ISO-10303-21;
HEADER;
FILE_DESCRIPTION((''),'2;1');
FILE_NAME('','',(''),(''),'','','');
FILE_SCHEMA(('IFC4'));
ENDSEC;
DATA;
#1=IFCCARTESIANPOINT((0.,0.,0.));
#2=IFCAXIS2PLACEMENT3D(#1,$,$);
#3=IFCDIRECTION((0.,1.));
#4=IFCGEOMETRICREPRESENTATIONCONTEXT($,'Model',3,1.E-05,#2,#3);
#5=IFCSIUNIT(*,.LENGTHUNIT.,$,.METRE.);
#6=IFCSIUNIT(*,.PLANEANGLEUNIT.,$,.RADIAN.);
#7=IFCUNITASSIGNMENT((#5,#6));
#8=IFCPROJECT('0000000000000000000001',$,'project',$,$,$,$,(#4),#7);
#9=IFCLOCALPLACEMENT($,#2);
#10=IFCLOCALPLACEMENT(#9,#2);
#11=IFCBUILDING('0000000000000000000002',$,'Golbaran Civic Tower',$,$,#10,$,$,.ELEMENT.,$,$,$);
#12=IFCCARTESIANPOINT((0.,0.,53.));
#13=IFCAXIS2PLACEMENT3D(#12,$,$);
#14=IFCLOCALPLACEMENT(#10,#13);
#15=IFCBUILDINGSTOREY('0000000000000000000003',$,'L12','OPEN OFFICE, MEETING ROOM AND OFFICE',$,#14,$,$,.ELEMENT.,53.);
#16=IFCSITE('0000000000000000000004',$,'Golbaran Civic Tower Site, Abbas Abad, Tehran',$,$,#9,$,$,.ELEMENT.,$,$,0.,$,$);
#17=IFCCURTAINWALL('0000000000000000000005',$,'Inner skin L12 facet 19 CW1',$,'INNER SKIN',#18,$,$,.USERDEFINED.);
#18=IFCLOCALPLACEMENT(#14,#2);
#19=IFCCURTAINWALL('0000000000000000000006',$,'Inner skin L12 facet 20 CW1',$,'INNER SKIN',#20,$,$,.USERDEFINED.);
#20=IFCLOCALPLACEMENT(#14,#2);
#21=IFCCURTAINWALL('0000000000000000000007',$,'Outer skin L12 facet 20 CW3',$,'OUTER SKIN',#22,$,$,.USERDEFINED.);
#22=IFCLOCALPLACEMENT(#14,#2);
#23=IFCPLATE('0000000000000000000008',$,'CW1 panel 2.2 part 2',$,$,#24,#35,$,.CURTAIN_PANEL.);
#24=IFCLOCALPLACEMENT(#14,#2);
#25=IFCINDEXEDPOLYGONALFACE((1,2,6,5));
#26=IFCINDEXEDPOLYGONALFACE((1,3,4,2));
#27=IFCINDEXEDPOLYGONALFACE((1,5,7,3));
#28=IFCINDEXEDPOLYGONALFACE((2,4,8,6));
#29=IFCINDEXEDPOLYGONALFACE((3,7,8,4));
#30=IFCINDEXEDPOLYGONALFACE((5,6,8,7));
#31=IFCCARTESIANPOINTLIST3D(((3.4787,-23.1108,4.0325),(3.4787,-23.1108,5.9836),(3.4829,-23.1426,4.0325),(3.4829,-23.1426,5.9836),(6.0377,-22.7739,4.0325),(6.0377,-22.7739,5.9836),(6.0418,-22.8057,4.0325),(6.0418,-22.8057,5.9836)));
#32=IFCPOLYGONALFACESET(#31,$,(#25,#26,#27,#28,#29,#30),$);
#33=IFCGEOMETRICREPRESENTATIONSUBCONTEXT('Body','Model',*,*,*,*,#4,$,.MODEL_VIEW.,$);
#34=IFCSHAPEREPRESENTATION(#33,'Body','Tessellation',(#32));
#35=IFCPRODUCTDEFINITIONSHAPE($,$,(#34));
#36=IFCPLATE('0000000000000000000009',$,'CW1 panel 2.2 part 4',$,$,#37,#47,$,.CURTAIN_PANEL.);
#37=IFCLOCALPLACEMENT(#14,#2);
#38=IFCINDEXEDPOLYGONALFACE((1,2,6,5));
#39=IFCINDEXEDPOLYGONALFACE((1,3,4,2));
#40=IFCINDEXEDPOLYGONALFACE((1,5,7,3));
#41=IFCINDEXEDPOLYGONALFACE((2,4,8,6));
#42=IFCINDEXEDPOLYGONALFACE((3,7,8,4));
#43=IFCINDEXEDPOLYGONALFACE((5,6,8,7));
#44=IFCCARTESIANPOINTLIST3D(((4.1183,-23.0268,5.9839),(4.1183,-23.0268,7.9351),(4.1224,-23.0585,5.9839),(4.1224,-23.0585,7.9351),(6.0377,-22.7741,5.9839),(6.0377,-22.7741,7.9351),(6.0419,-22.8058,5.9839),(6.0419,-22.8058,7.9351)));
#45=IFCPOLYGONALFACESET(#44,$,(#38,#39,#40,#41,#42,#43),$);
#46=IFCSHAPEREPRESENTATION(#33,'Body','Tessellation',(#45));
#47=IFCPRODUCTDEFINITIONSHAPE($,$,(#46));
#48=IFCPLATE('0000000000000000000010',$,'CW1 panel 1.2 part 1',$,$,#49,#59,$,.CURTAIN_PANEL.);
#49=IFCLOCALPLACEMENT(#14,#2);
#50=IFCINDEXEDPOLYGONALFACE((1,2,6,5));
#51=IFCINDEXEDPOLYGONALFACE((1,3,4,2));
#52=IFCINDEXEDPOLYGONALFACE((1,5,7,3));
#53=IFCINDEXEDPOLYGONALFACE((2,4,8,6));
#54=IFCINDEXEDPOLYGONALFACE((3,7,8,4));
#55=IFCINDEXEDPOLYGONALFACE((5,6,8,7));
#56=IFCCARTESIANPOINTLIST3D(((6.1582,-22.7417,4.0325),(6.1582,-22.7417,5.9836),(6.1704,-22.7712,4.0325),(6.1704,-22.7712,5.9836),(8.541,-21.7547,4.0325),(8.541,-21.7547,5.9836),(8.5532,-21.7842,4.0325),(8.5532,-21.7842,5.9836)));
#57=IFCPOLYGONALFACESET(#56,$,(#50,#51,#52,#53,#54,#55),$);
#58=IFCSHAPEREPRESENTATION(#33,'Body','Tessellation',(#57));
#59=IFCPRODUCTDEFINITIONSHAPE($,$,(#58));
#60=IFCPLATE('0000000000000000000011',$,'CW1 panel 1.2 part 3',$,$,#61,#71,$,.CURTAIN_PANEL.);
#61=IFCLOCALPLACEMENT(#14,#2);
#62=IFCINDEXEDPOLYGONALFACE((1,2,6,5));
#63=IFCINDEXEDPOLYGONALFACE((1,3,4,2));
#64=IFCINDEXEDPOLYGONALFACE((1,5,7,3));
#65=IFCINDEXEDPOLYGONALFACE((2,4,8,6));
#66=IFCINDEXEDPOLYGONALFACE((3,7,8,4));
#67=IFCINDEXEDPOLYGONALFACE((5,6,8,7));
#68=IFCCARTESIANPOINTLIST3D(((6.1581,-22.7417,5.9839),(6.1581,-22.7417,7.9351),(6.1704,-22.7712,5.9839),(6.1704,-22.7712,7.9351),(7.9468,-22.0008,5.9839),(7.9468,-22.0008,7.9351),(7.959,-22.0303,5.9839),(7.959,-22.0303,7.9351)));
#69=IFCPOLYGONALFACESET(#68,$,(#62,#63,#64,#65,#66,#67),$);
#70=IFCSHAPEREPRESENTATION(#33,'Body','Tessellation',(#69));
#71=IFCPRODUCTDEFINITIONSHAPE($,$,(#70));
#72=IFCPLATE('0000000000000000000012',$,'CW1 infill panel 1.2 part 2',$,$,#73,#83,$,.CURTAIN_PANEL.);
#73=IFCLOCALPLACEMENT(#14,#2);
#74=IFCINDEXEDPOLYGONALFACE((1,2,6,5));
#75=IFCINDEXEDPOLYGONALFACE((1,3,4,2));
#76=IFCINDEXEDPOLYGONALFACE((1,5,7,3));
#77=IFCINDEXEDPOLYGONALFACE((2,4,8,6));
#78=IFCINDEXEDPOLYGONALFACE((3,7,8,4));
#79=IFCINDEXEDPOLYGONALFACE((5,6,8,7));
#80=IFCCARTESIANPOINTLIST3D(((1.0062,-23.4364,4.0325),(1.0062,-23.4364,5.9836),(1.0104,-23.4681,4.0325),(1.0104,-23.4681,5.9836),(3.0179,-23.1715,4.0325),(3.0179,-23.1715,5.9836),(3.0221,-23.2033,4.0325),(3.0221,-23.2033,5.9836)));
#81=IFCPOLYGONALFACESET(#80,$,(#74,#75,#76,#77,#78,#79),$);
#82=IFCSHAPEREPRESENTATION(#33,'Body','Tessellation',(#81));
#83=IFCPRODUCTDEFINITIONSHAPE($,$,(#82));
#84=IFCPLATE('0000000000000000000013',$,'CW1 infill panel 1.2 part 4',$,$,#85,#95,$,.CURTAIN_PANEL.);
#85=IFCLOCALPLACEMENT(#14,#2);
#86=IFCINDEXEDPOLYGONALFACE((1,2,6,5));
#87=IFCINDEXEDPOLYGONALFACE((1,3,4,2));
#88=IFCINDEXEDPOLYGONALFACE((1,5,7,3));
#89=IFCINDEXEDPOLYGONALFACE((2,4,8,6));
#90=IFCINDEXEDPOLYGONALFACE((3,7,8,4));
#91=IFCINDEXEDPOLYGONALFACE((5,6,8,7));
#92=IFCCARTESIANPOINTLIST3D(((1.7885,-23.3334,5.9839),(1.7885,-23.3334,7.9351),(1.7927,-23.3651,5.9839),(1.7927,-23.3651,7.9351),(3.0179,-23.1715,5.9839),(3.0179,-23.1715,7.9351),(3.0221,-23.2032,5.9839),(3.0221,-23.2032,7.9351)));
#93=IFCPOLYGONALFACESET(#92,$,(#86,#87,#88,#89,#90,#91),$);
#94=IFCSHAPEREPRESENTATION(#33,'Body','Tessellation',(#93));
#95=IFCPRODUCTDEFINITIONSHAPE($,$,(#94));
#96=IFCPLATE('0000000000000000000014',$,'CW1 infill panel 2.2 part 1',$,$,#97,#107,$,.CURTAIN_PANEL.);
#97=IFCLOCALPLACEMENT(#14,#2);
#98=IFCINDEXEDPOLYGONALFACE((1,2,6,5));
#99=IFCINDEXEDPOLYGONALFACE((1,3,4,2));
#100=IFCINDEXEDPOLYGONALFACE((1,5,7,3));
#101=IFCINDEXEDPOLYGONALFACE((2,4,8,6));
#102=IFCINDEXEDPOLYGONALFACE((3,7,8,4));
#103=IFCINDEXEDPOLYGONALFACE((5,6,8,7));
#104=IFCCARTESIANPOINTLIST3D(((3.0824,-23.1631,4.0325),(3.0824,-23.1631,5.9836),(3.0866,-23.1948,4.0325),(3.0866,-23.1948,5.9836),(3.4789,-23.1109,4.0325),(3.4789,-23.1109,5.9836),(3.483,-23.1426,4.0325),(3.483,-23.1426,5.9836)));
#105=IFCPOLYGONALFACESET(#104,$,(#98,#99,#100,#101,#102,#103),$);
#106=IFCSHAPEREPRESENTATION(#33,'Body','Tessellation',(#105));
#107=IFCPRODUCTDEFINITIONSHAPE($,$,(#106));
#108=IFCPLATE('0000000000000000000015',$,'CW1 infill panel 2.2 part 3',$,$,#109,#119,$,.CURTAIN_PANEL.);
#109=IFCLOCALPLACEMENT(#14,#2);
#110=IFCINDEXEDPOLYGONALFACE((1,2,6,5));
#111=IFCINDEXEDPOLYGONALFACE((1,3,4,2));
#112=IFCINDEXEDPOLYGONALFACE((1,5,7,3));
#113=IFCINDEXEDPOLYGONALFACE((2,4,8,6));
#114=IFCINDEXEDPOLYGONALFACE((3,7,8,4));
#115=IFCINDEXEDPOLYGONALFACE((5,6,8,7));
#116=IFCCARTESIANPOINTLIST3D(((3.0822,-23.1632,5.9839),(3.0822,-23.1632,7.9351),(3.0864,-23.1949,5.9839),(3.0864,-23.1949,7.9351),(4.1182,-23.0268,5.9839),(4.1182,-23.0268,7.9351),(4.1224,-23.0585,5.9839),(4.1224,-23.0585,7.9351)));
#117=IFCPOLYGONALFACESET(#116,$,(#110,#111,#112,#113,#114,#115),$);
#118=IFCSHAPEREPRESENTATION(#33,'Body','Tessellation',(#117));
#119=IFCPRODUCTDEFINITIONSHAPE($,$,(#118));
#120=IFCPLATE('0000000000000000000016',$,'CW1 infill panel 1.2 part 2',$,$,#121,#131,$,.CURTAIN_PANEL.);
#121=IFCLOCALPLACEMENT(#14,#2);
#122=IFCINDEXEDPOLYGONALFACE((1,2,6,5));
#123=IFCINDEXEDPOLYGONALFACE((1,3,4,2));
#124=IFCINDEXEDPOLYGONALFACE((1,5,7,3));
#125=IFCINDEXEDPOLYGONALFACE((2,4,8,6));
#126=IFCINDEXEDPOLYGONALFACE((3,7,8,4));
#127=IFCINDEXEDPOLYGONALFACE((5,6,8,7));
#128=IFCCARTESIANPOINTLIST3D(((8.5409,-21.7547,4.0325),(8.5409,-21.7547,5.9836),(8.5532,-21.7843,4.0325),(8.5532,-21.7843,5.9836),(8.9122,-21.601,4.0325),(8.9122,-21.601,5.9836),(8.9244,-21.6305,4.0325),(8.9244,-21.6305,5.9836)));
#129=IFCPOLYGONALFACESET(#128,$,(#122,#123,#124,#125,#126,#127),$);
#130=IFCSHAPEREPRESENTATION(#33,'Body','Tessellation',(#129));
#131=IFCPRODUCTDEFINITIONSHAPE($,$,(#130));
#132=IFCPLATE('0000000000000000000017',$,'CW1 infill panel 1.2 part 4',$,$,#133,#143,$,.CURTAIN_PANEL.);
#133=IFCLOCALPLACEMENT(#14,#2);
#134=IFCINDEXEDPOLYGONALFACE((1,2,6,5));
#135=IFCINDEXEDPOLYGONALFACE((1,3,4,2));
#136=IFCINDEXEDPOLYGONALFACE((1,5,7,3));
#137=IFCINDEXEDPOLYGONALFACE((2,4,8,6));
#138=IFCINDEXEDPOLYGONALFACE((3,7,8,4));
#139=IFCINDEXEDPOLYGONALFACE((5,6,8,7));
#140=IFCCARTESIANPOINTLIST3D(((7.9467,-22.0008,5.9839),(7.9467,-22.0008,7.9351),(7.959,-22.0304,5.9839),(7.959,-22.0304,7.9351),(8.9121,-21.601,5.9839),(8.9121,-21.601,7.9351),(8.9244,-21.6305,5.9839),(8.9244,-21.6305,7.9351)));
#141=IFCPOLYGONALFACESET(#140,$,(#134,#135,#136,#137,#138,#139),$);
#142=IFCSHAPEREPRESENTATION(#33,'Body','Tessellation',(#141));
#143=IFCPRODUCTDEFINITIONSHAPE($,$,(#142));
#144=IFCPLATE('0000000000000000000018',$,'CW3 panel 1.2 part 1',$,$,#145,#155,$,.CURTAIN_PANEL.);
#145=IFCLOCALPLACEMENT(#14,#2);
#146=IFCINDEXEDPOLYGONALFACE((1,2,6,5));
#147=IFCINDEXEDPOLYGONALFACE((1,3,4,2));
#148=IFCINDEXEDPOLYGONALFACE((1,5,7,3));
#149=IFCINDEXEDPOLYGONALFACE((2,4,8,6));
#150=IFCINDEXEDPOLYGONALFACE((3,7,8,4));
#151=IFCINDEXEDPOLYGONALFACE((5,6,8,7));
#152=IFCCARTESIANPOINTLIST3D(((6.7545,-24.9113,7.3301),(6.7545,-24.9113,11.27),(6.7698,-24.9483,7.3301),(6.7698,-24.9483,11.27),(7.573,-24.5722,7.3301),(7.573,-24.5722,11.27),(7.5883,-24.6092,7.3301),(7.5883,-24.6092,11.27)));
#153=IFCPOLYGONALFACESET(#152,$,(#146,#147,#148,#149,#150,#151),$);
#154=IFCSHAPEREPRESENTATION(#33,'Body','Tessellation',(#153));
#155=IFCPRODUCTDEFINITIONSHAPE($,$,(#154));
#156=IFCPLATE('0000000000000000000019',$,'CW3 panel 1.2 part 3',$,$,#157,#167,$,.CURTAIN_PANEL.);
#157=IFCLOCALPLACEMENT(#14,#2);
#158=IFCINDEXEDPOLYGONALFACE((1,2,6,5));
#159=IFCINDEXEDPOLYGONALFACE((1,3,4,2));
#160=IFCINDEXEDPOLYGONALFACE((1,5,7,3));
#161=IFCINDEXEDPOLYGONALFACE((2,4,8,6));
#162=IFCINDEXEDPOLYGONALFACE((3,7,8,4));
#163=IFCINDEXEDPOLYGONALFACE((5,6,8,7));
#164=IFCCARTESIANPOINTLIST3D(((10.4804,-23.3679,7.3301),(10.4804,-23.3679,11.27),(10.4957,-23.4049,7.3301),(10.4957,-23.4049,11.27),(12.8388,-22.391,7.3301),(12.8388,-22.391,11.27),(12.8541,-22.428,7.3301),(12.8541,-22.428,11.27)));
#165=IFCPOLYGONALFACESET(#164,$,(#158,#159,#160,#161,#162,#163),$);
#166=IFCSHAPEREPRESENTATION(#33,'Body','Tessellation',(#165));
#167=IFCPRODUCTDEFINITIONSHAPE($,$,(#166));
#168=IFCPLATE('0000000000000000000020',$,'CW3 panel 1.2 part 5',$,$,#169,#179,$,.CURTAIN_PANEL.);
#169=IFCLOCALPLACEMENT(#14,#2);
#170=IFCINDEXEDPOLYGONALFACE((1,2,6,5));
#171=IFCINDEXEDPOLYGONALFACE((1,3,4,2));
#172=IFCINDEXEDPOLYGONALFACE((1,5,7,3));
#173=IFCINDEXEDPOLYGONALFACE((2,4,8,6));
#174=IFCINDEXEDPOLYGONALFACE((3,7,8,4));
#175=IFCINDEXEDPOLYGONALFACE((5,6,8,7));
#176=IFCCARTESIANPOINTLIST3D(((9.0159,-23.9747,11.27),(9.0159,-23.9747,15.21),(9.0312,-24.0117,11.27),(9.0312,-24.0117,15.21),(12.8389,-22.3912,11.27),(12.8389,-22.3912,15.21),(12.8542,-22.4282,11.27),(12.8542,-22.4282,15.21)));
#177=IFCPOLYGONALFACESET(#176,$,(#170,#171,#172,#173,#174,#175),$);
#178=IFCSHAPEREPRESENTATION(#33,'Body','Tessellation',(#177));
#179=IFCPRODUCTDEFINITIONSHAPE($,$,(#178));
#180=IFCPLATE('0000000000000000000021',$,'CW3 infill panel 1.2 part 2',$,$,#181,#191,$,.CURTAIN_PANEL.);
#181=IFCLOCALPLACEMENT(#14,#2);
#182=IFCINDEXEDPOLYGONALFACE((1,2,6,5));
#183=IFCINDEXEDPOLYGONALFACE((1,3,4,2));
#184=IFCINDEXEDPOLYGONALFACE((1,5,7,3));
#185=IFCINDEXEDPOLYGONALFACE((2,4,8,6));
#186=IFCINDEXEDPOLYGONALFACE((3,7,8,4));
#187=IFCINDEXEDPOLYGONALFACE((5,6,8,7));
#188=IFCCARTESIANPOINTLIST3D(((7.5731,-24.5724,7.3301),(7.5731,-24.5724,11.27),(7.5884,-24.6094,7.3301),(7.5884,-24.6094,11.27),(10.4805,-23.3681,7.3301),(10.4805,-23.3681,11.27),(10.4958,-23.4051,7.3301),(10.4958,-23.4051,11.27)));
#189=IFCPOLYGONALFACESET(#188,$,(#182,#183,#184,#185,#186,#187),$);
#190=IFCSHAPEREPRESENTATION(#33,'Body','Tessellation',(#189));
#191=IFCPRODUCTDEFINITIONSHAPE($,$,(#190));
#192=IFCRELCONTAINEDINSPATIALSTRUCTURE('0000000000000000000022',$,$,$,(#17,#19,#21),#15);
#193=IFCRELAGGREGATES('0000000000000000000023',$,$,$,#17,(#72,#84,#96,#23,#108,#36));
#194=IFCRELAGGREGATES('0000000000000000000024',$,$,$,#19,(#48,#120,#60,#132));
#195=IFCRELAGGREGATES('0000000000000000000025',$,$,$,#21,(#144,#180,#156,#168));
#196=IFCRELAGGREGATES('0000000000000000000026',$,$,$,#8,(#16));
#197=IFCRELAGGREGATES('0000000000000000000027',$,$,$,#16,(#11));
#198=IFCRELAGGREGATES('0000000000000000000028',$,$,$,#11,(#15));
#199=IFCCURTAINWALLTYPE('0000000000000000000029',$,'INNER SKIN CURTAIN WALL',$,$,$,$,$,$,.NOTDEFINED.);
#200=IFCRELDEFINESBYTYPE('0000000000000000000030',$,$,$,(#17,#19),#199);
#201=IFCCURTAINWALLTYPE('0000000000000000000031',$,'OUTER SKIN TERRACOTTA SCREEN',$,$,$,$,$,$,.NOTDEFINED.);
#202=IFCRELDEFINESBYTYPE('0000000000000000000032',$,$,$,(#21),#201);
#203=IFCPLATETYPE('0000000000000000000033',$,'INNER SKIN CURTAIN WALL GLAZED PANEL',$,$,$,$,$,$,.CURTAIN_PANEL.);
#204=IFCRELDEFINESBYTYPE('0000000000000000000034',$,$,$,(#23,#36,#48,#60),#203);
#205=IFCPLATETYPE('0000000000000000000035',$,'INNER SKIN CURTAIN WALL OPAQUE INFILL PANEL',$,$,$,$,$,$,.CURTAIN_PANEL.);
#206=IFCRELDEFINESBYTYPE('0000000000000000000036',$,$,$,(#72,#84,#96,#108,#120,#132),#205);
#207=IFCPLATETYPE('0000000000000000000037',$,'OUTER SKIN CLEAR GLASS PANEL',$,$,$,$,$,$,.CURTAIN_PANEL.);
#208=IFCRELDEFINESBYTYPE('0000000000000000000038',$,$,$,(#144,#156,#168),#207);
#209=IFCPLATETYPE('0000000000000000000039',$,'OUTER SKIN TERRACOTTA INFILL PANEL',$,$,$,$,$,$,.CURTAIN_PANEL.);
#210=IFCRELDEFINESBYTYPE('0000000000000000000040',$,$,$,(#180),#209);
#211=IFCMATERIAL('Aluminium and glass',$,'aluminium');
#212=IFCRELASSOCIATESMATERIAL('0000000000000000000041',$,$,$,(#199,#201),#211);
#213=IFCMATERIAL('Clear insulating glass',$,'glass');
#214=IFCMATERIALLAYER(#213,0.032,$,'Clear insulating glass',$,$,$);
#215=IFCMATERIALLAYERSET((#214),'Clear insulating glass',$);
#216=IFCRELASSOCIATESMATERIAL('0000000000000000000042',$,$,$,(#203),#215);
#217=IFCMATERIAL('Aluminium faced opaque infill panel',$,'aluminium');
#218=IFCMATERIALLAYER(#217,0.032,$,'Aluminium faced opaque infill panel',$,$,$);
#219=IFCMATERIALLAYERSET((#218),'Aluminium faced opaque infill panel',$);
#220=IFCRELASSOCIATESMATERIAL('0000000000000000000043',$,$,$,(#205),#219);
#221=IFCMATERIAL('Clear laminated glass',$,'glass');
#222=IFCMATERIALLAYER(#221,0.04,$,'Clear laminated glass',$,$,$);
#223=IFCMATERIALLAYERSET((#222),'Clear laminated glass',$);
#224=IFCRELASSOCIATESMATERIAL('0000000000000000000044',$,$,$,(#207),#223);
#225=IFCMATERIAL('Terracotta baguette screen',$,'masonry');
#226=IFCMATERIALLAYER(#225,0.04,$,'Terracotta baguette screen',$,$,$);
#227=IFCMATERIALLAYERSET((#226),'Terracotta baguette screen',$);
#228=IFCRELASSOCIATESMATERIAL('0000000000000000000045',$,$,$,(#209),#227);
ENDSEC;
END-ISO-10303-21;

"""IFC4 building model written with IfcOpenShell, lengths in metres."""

from ifc_helpers import new_model, si_unit, direction, frame, origin, origin_2d, place, context, subcontext, project, spatial, rectangle, extrude, material, layer, layer_set, type_object, element, aggregate, save


model = new_model("IFC4")

# Units and contexts
model_context = context("Model", 3, precision=1e-05, world=origin(), true_north=direction((0.0, 1.0)))
body_context = subcontext(model_context, "Body", "Model", "MODEL_VIEW")
ifc_project = project(units=[si_unit("LENGTHUNIT", "METRE"), si_unit("PLANEANGLEUNIT", "RADIAN")], contexts=[model_context])

# Site, building, storey
site_placement = place(None, origin())
site = spatial("IfcSite", under=ifc_project, at=site_placement, Name="Golbaran Civic Tower Site, Abbas Abad, Tehran", CompositionType="ELEMENT", RefElevation=0.0)
building_placement = place(site_placement, origin())
building = spatial("IfcBuilding", under=site, at=building_placement, Name="Golbaran Civic Tower", CompositionType="ELEMENT")
storey_placement = place(building_placement, frame((0.0, 0.0, 53.0)))
storey = spatial("IfcBuildingStorey", under=building, at=storey_placement, Name="L12", Description="OPEN OFFICE, MEETING ROOM AND OFFICE", CompositionType="ELEMENT", Elevation=53.0)

# Curtain walls
ifc_material_1 = material(Name="Aluminium and glass", Category="aluminium")
curtain_wall_type_1 = type_object("IfcCurtainWallType", Name="INNER SKIN CURTAIN WALL", PredefinedType="NOTDEFINED", material=ifc_material_1)
curtain_wall_1_placement = place(storey_placement, origin())
curtain_wall_1 = element("IfcCurtainWall", 1, at=curtain_wall_1_placement, inside=storey, type_object=curtain_wall_type_1, Name="Inner skin L12 facet 19 CW1", ObjectType="INNER SKIN", PredefinedType="USERDEFINED")
curtain_wall_2_placement = place(storey_placement, origin())
curtain_wall_2 = element("IfcCurtainWall", 2, at=curtain_wall_2_placement, inside=storey, type_object=curtain_wall_type_1, Name="Inner skin L12 facet 20 CW1", ObjectType="INNER SKIN", PredefinedType="USERDEFINED")
curtain_wall_type_2 = type_object("IfcCurtainWallType", Name="OUTER SKIN TERRACOTTA SCREEN", PredefinedType="NOTDEFINED", material=ifc_material_1)
curtain_wall_3_placement = place(storey_placement, origin())
curtain_wall_3 = element("IfcCurtainWall", 3, at=curtain_wall_3_placement, inside=storey, type_object=curtain_wall_type_2, Name="Outer skin L12 facet 20 CW3", ObjectType="OUTER SKIN", PredefinedType="USERDEFINED")

# Plates
ifc_material_2 = material(Name="Clear insulating glass", Category="glass")
ifc_layer_1 = layer(ifc_material_2, 0.032, Name="Clear insulating glass")
ifc_layer_set_1 = layer_set([ifc_layer_1], Name="Clear insulating glass")
plate_type_1 = type_object("IfcPlateType", Name="INNER SKIN CURTAIN WALL GLAZED PANEL", PredefinedType="CURTAIN_PANEL", material=ifc_layer_set_1)
plate_1_placement = place(storey_placement, frame((4.7603, -22.9583, 4.0325), z_axis=(0.0, 0.0, 1.0), x_axis=(0.991445, 0.130526, 0.0)))
plate_1 = element("IfcPlate", 4, at=plate_1_placement, type_object=plate_type_1, Name="CW1 panel 2.2 part 2", PredefinedType="CURTAIN_PANEL", context=body_context, shape_type="SweptSolid", body=[
    extrude(rectangle(XDim=2.5811, YDim=0.032, at=origin_2d()), origin(), (0.0, 0.0, 1.0), 1.9512),
])
plate_2_placement = place(storey_placement, frame((5.0801, -22.9163, 5.9839), z_axis=(0.0, 0.0, 1.0), x_axis=(0.991445, 0.130526, 0.0)))
plate_2 = element("IfcPlate", 5, at=plate_2_placement, type_object=plate_type_1, Name="CW1 panel 2.2 part 4", PredefinedType="CURTAIN_PANEL", context=body_context, shape_type="SweptSolid", body=[
    extrude(rectangle(XDim=1.936, YDim=0.032, at=origin_2d()), origin(), (0.0, 0.0, 1.0), 1.9512),
])
plate_3_placement = place(storey_placement, frame((7.3557, -22.2629, 4.0325), z_axis=(0.0, 0.0, 1.0), x_axis=(0.92388, 0.382683, 0.0)))
plate_3 = element("IfcPlate", 6, at=plate_3_placement, type_object=plate_type_1, Name="CW1 panel 1.2 part 1", PredefinedType="CURTAIN_PANEL", context=body_context, shape_type="SweptSolid", body=[
    extrude(rectangle(XDim=2.5791, YDim=0.032, at=origin_2d()), origin(), (0.0, 0.0, 1.0), 1.9512),
])
plate_4_placement = place(storey_placement, frame((7.0586, -22.386, 5.9839), z_axis=(0.0, 0.0, 1.0), x_axis=(0.92388, 0.382683, 0.0)))
plate_4 = element("IfcPlate", 7, at=plate_4_placement, type_object=plate_type_1, Name="CW1 panel 1.2 part 3", PredefinedType="CURTAIN_PANEL", context=body_context, shape_type="SweptSolid", body=[
    extrude(rectangle(XDim=1.936, YDim=0.032, at=origin_2d()), origin(), (0.0, 0.0, 1.0), 1.9512),
])
ifc_material_3 = material(Name="Aluminium faced opaque infill panel", Category="aluminium")
ifc_layer_2 = layer(ifc_material_3, 0.032, Name="Aluminium faced opaque infill panel")
ifc_layer_set_2 = layer_set([ifc_layer_2], Name="Aluminium faced opaque infill panel")
plate_type_2 = type_object("IfcPlateType", Name="INNER SKIN CURTAIN WALL OPAQUE INFILL PANEL", PredefinedType="CURTAIN_PANEL", material=ifc_layer_set_2)
plate_5_placement = place(storey_placement, frame((2.0142, -23.3198, 4.0325), z_axis=(0.0, 0.0, 1.0), x_axis=(0.991445, 0.130526, 0.0)))
plate_5 = element("IfcPlate", 8, at=plate_5_placement, type_object=plate_type_2, Name="CW1 infill panel 1.2 part 2", PredefinedType="CURTAIN_PANEL", context=body_context, shape_type="SweptSolid", body=[
    extrude(rectangle(XDim=2.0291, YDim=0.032, at=origin_2d()), origin(), (0.0, 0.0, 1.0), 1.9512),
])
plate_6_placement = place(storey_placement, frame((2.4053, -23.2683, 5.9839), z_axis=(0.0, 0.0, 1.0), x_axis=(0.991445, 0.130526, 0.0)))
plate_6 = element("IfcPlate", 9, at=plate_6_placement, type_object=plate_type_2, Name="CW1 infill panel 1.2 part 4", PredefinedType="CURTAIN_PANEL", context=body_context, shape_type="SweptSolid", body=[
    extrude(rectangle(XDim=1.24, YDim=0.032, at=origin_2d()), origin(), (0.0, 0.0, 1.0), 1.9512),
])
plate_7_placement = place(storey_placement, frame((3.2827, -23.1528, 4.0325), z_axis=(0.0, 0.0, 1.0), x_axis=(0.991445, 0.130526, 0.0)))
plate_7 = element("IfcPlate", 10, at=plate_7_placement, type_object=plate_type_2, Name="CW1 infill panel 2.2 part 1", PredefinedType="CURTAIN_PANEL", context=body_context, shape_type="SweptSolid", body=[
    extrude(rectangle(XDim=0.3999, YDim=0.032, at=origin_2d()), origin(), (0.0, 0.0, 1.0), 1.9512),
])
plate_8_placement = place(storey_placement, frame((3.6023, -23.1108, 5.9839), z_axis=(0.0, 0.0, 1.0), x_axis=(0.991445, 0.130526, 0.0)))
plate_8 = element("IfcPlate", 11, at=plate_8_placement, type_object=plate_type_2, Name="CW1 infill panel 2.2 part 3", PredefinedType="CURTAIN_PANEL", context=body_context, shape_type="SweptSolid", body=[
    extrude(rectangle(XDim=1.0449, YDim=0.032, at=origin_2d()), origin(), (0.0, 0.0, 1.0), 1.9512),
])
aggregate(curtain_wall_1, [plate_5, plate_6, plate_7, plate_1, plate_8, plate_2])
plate_9_placement = place(storey_placement, frame((8.7327, -21.6926, 4.0325), z_axis=(0.0, 0.0, 1.0), x_axis=(0.92388, 0.382683, 0.0)))
plate_9 = element("IfcPlate", 12, at=plate_9_placement, type_object=plate_type_2, Name="CW1 infill panel 1.2 part 2", PredefinedType="CURTAIN_PANEL", context=body_context, shape_type="SweptSolid", body=[
    extrude(rectangle(XDim=0.4019, YDim=0.032, at=origin_2d()), origin(), (0.0, 0.0, 1.0), 1.9512),
])
plate_10_placement = place(storey_placement, frame((8.4355, -21.8157, 5.9839), z_axis=(0.0, 0.0, 1.0), x_axis=(0.92388, 0.382683, 0.0)))
plate_10 = element("IfcPlate", 13, at=plate_10_placement, type_object=plate_type_2, Name="CW1 infill panel 1.2 part 4", PredefinedType="CURTAIN_PANEL", context=body_context, shape_type="SweptSolid", body=[
    extrude(rectangle(XDim=1.0449, YDim=0.032, at=origin_2d()), origin(), (0.0, 0.0, 1.0), 1.9512),
])
aggregate(curtain_wall_2, [plate_3, plate_9, plate_4, plate_10])
ifc_material_4 = material(Name="Clear laminated glass", Category="glass")
ifc_layer_3 = layer(ifc_material_4, 0.04, Name="Clear laminated glass")
ifc_layer_set_3 = layer_set([ifc_layer_3], Name="Clear laminated glass")
plate_type_3 = type_object("IfcPlateType", Name="OUTER SKIN CLEAR GLASS PANEL", PredefinedType="CURTAIN_PANEL", material=ifc_layer_set_3)
plate_11_placement = place(storey_placement, frame((7.1714, -24.7603, 7.3301), z_axis=(0.0, 0.0, 1.0), x_axis=(0.92388, 0.382683, 0.0)))
plate_11 = element("IfcPlate", 14, at=plate_11_placement, type_object=plate_type_3, Name="CW3 panel 1.2 part 1", PredefinedType="CURTAIN_PANEL", context=body_context, shape_type="SweptSolid", body=[
    extrude(rectangle(XDim=0.886, YDim=0.04, at=origin_2d()), origin(), (0.0, 0.0, 1.0), 3.9399),
])
plate_12_placement = place(storey_placement, frame((11.6672, -22.8979, 7.3301), z_axis=(0.0, 0.0, 1.0), x_axis=(0.92388, 0.382683, 0.0)))
plate_12 = element("IfcPlate", 15, at=plate_12_placement, type_object=plate_type_3, Name="CW3 panel 1.2 part 3", PredefinedType="CURTAIN_PANEL", context=body_context, shape_type="SweptSolid", body=[
    extrude(rectangle(XDim=2.5527, YDim=0.04, at=origin_2d()), origin(), (0.0, 0.0, 1.0), 3.9399),
])
plate_13_placement = place(storey_placement, frame((10.9351, -23.2014, 11.27), z_axis=(0.0, 0.0, 1.0), x_axis=(0.92388, 0.382683, 0.0)))
plate_13 = element("IfcPlate", 16, at=plate_13_placement, type_object=plate_type_3, Name="CW3 panel 1.2 part 5", PredefinedType="CURTAIN_PANEL", context=body_context, shape_type="SweptSolid", body=[
    extrude(rectangle(XDim=4.1379, YDim=0.04, at=origin_2d()), origin(), (0.0, 0.0, 1.0), 3.9399),
])
ifc_material_5 = material(Name="Terracotta baguette screen", Category="masonry")
ifc_layer_4 = layer(ifc_material_5, 0.04, Name="Terracotta baguette screen")
ifc_layer_set_4 = layer_set([ifc_layer_4], Name="Terracotta baguette screen")
plate_type_4 = type_object("IfcPlateType", Name="OUTER SKIN TERRACOTTA INFILL PANEL", PredefinedType="CURTAIN_PANEL", material=ifc_layer_set_4)
plate_14_placement = place(storey_placement, frame((9.0344, -23.9888, 7.3301), z_axis=(0.0, 0.0, 1.0), x_axis=(0.92388, 0.382683, 0.0)))
plate_14 = element("IfcPlate", 17, at=plate_14_placement, type_object=plate_type_4, Name="CW3 infill panel 1.2 part 2", PredefinedType="CURTAIN_PANEL", context=body_context, shape_type="SweptSolid", body=[
    extrude(rectangle(XDim=3.147, YDim=0.04, at=origin_2d()), origin(), (0.0, 0.0, 1.0), 3.9399),
])
aggregate(curtain_wall_3, [plate_11, plate_14, plate_12, plate_13])

save(model, "model.ifc")
